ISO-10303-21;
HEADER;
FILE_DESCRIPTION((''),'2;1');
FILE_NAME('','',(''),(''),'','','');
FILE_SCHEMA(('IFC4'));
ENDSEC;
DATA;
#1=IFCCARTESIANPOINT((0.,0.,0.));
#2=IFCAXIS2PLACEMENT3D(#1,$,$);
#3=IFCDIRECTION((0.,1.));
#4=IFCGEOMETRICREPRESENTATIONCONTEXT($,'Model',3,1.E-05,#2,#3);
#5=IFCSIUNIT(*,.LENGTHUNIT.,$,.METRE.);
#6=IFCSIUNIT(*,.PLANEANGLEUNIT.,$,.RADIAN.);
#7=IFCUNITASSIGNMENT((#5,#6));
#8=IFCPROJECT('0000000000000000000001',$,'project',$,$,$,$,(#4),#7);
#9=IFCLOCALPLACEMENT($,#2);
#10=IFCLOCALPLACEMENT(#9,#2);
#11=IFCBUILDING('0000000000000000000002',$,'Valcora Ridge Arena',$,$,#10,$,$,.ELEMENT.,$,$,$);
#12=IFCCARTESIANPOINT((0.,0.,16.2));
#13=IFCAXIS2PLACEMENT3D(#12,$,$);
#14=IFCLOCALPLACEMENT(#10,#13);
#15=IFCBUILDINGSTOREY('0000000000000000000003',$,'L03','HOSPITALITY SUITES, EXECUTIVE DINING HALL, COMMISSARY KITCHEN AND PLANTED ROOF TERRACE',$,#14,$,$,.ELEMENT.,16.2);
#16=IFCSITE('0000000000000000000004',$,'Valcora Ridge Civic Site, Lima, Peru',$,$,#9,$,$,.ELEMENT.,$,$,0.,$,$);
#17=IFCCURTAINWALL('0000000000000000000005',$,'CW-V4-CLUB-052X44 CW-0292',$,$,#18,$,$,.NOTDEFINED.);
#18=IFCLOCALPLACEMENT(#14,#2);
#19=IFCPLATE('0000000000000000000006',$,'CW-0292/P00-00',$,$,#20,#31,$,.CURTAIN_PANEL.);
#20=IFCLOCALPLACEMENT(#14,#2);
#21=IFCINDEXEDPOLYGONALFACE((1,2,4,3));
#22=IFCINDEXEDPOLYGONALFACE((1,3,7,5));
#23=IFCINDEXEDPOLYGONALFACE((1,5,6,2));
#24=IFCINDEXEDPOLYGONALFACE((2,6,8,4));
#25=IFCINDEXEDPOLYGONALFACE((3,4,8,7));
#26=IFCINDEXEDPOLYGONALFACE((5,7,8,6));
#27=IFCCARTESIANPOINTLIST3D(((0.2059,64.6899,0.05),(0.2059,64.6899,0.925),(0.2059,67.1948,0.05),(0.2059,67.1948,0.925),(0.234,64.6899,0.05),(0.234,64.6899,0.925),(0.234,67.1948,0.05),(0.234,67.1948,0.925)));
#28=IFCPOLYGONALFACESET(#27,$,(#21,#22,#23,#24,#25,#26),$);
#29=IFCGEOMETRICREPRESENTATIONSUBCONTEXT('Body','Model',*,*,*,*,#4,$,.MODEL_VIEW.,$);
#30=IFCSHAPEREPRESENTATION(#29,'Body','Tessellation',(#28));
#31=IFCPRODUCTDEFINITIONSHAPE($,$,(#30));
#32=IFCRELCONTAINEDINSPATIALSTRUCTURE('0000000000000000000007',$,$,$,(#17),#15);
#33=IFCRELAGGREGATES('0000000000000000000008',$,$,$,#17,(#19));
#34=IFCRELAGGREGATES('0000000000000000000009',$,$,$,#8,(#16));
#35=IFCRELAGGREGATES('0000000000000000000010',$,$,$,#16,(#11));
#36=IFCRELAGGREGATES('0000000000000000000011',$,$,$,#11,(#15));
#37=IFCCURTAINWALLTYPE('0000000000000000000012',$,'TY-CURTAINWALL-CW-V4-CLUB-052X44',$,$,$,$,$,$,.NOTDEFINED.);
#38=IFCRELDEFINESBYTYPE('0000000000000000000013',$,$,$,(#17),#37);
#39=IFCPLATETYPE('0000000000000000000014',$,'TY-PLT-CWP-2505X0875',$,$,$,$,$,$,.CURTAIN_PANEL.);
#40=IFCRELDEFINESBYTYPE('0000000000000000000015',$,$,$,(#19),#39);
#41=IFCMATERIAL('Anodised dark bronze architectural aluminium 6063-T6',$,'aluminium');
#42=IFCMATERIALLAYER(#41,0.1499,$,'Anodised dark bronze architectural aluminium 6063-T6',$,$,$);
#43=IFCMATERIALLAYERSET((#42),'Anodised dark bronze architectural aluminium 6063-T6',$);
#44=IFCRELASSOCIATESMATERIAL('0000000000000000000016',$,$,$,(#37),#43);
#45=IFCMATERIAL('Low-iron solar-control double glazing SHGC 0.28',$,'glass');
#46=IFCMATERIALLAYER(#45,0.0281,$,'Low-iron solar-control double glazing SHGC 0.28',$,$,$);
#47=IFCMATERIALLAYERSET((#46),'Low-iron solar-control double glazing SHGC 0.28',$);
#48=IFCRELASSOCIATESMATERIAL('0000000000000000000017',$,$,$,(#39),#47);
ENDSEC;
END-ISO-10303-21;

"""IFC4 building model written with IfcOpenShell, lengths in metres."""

from ifc_helpers import new_model, si_unit, direction, frame, origin, origin_2d, place, context, subcontext, project, spatial, rectangle, extrude, material, layer, layer_set, type_object, element, aggregate, save


model = new_model("IFC4")

# Units and contexts
model_context = context("Model", 3, precision=1e-05, world=origin(), true_north=direction((0.0, 1.0)))
body_context = subcontext(model_context, "Body", "Model", "MODEL_VIEW")
ifc_project = project(units=[si_unit("LENGTHUNIT", "METRE"), si_unit("PLANEANGLEUNIT", "RADIAN")], contexts=[model_context])

# Site, building, storey
site_placement = place(None, origin())
site = spatial("IfcSite", under=ifc_project, at=site_placement, Name="Valcora Ridge Civic Site, Lima, Peru", CompositionType="ELEMENT", RefElevation=0.0)
building_placement = place(site_placement, origin())
building = spatial("IfcBuilding", under=site, at=building_placement, Name="Valcora Ridge Arena", CompositionType="ELEMENT")
storey_placement = place(building_placement, frame((0.0, 0.0, 16.2)))
storey = spatial("IfcBuildingStorey", under=building, at=storey_placement, Name="L03", Description="HOSPITALITY SUITES, EXECUTIVE DINING HALL, COMMISSARY KITCHEN AND PLANTED ROOF TERRACE", CompositionType="ELEMENT", Elevation=16.2)

# Shared definitions
ifc_material_1 = material(Name="Anodised dark bronze architectural aluminium 6063-T6", Category="aluminium")

# Curtain wall
ifc_layer_1 = layer(ifc_material_1, 0.1499, Name="Anodised dark bronze architectural aluminium 6063-T6")
ifc_layer_set_1 = layer_set([ifc_layer_1], Name="Anodised dark bronze architectural aluminium 6063-T6")
curtain_wall_type_1 = type_object("IfcCurtainWallType", Name="TY-CURTAINWALL-CW-V4-CLUB-052X44", PredefinedType="NOTDEFINED", material=ifc_layer_set_1)
curtain_wall_1_placement = place(storey_placement, origin())
curtain_wall_1 = element("IfcCurtainWall", 1, at=curtain_wall_1_placement, inside=storey, type_object=curtain_wall_type_1, Name="CW-V4-CLUB-052X44 CW-0292", PredefinedType="NOTDEFINED")

# Plate
ifc_material_2 = material(Name="Low-iron solar-control double glazing SHGC 0.28", Category="glass")
ifc_layer_2 = layer(ifc_material_2, 0.0281, Name="Low-iron solar-control double glazing SHGC 0.28")
ifc_layer_set_2 = layer_set([ifc_layer_2], Name="Low-iron solar-control double glazing SHGC 0.28")
plate_type_1 = type_object("IfcPlateType", Name="TY-PLT-CWP-2505X0875", PredefinedType="CURTAIN_PANEL", material=ifc_layer_set_2)
plate_1_placement = place(storey_placement, frame((0.22, 65.9424, 0.05), z_axis=(0.0, 0.0, 1.0), x_axis=(0.0, 1.0, 0.0)))
plate_1 = element("IfcPlate", 2, at=plate_1_placement, type_object=plate_type_1, Name="CW-0292/P00-00", PredefinedType="CURTAIN_PANEL", context=body_context, shape_type="SweptSolid", body=[
    extrude(rectangle(XDim=2.5049, YDim=0.0281, at=origin_2d()), origin(), (0.0, 0.0, 1.0), 0.875),
])
aggregate(curtain_wall_1, [plate_1])

save(model, "model.ifc")
